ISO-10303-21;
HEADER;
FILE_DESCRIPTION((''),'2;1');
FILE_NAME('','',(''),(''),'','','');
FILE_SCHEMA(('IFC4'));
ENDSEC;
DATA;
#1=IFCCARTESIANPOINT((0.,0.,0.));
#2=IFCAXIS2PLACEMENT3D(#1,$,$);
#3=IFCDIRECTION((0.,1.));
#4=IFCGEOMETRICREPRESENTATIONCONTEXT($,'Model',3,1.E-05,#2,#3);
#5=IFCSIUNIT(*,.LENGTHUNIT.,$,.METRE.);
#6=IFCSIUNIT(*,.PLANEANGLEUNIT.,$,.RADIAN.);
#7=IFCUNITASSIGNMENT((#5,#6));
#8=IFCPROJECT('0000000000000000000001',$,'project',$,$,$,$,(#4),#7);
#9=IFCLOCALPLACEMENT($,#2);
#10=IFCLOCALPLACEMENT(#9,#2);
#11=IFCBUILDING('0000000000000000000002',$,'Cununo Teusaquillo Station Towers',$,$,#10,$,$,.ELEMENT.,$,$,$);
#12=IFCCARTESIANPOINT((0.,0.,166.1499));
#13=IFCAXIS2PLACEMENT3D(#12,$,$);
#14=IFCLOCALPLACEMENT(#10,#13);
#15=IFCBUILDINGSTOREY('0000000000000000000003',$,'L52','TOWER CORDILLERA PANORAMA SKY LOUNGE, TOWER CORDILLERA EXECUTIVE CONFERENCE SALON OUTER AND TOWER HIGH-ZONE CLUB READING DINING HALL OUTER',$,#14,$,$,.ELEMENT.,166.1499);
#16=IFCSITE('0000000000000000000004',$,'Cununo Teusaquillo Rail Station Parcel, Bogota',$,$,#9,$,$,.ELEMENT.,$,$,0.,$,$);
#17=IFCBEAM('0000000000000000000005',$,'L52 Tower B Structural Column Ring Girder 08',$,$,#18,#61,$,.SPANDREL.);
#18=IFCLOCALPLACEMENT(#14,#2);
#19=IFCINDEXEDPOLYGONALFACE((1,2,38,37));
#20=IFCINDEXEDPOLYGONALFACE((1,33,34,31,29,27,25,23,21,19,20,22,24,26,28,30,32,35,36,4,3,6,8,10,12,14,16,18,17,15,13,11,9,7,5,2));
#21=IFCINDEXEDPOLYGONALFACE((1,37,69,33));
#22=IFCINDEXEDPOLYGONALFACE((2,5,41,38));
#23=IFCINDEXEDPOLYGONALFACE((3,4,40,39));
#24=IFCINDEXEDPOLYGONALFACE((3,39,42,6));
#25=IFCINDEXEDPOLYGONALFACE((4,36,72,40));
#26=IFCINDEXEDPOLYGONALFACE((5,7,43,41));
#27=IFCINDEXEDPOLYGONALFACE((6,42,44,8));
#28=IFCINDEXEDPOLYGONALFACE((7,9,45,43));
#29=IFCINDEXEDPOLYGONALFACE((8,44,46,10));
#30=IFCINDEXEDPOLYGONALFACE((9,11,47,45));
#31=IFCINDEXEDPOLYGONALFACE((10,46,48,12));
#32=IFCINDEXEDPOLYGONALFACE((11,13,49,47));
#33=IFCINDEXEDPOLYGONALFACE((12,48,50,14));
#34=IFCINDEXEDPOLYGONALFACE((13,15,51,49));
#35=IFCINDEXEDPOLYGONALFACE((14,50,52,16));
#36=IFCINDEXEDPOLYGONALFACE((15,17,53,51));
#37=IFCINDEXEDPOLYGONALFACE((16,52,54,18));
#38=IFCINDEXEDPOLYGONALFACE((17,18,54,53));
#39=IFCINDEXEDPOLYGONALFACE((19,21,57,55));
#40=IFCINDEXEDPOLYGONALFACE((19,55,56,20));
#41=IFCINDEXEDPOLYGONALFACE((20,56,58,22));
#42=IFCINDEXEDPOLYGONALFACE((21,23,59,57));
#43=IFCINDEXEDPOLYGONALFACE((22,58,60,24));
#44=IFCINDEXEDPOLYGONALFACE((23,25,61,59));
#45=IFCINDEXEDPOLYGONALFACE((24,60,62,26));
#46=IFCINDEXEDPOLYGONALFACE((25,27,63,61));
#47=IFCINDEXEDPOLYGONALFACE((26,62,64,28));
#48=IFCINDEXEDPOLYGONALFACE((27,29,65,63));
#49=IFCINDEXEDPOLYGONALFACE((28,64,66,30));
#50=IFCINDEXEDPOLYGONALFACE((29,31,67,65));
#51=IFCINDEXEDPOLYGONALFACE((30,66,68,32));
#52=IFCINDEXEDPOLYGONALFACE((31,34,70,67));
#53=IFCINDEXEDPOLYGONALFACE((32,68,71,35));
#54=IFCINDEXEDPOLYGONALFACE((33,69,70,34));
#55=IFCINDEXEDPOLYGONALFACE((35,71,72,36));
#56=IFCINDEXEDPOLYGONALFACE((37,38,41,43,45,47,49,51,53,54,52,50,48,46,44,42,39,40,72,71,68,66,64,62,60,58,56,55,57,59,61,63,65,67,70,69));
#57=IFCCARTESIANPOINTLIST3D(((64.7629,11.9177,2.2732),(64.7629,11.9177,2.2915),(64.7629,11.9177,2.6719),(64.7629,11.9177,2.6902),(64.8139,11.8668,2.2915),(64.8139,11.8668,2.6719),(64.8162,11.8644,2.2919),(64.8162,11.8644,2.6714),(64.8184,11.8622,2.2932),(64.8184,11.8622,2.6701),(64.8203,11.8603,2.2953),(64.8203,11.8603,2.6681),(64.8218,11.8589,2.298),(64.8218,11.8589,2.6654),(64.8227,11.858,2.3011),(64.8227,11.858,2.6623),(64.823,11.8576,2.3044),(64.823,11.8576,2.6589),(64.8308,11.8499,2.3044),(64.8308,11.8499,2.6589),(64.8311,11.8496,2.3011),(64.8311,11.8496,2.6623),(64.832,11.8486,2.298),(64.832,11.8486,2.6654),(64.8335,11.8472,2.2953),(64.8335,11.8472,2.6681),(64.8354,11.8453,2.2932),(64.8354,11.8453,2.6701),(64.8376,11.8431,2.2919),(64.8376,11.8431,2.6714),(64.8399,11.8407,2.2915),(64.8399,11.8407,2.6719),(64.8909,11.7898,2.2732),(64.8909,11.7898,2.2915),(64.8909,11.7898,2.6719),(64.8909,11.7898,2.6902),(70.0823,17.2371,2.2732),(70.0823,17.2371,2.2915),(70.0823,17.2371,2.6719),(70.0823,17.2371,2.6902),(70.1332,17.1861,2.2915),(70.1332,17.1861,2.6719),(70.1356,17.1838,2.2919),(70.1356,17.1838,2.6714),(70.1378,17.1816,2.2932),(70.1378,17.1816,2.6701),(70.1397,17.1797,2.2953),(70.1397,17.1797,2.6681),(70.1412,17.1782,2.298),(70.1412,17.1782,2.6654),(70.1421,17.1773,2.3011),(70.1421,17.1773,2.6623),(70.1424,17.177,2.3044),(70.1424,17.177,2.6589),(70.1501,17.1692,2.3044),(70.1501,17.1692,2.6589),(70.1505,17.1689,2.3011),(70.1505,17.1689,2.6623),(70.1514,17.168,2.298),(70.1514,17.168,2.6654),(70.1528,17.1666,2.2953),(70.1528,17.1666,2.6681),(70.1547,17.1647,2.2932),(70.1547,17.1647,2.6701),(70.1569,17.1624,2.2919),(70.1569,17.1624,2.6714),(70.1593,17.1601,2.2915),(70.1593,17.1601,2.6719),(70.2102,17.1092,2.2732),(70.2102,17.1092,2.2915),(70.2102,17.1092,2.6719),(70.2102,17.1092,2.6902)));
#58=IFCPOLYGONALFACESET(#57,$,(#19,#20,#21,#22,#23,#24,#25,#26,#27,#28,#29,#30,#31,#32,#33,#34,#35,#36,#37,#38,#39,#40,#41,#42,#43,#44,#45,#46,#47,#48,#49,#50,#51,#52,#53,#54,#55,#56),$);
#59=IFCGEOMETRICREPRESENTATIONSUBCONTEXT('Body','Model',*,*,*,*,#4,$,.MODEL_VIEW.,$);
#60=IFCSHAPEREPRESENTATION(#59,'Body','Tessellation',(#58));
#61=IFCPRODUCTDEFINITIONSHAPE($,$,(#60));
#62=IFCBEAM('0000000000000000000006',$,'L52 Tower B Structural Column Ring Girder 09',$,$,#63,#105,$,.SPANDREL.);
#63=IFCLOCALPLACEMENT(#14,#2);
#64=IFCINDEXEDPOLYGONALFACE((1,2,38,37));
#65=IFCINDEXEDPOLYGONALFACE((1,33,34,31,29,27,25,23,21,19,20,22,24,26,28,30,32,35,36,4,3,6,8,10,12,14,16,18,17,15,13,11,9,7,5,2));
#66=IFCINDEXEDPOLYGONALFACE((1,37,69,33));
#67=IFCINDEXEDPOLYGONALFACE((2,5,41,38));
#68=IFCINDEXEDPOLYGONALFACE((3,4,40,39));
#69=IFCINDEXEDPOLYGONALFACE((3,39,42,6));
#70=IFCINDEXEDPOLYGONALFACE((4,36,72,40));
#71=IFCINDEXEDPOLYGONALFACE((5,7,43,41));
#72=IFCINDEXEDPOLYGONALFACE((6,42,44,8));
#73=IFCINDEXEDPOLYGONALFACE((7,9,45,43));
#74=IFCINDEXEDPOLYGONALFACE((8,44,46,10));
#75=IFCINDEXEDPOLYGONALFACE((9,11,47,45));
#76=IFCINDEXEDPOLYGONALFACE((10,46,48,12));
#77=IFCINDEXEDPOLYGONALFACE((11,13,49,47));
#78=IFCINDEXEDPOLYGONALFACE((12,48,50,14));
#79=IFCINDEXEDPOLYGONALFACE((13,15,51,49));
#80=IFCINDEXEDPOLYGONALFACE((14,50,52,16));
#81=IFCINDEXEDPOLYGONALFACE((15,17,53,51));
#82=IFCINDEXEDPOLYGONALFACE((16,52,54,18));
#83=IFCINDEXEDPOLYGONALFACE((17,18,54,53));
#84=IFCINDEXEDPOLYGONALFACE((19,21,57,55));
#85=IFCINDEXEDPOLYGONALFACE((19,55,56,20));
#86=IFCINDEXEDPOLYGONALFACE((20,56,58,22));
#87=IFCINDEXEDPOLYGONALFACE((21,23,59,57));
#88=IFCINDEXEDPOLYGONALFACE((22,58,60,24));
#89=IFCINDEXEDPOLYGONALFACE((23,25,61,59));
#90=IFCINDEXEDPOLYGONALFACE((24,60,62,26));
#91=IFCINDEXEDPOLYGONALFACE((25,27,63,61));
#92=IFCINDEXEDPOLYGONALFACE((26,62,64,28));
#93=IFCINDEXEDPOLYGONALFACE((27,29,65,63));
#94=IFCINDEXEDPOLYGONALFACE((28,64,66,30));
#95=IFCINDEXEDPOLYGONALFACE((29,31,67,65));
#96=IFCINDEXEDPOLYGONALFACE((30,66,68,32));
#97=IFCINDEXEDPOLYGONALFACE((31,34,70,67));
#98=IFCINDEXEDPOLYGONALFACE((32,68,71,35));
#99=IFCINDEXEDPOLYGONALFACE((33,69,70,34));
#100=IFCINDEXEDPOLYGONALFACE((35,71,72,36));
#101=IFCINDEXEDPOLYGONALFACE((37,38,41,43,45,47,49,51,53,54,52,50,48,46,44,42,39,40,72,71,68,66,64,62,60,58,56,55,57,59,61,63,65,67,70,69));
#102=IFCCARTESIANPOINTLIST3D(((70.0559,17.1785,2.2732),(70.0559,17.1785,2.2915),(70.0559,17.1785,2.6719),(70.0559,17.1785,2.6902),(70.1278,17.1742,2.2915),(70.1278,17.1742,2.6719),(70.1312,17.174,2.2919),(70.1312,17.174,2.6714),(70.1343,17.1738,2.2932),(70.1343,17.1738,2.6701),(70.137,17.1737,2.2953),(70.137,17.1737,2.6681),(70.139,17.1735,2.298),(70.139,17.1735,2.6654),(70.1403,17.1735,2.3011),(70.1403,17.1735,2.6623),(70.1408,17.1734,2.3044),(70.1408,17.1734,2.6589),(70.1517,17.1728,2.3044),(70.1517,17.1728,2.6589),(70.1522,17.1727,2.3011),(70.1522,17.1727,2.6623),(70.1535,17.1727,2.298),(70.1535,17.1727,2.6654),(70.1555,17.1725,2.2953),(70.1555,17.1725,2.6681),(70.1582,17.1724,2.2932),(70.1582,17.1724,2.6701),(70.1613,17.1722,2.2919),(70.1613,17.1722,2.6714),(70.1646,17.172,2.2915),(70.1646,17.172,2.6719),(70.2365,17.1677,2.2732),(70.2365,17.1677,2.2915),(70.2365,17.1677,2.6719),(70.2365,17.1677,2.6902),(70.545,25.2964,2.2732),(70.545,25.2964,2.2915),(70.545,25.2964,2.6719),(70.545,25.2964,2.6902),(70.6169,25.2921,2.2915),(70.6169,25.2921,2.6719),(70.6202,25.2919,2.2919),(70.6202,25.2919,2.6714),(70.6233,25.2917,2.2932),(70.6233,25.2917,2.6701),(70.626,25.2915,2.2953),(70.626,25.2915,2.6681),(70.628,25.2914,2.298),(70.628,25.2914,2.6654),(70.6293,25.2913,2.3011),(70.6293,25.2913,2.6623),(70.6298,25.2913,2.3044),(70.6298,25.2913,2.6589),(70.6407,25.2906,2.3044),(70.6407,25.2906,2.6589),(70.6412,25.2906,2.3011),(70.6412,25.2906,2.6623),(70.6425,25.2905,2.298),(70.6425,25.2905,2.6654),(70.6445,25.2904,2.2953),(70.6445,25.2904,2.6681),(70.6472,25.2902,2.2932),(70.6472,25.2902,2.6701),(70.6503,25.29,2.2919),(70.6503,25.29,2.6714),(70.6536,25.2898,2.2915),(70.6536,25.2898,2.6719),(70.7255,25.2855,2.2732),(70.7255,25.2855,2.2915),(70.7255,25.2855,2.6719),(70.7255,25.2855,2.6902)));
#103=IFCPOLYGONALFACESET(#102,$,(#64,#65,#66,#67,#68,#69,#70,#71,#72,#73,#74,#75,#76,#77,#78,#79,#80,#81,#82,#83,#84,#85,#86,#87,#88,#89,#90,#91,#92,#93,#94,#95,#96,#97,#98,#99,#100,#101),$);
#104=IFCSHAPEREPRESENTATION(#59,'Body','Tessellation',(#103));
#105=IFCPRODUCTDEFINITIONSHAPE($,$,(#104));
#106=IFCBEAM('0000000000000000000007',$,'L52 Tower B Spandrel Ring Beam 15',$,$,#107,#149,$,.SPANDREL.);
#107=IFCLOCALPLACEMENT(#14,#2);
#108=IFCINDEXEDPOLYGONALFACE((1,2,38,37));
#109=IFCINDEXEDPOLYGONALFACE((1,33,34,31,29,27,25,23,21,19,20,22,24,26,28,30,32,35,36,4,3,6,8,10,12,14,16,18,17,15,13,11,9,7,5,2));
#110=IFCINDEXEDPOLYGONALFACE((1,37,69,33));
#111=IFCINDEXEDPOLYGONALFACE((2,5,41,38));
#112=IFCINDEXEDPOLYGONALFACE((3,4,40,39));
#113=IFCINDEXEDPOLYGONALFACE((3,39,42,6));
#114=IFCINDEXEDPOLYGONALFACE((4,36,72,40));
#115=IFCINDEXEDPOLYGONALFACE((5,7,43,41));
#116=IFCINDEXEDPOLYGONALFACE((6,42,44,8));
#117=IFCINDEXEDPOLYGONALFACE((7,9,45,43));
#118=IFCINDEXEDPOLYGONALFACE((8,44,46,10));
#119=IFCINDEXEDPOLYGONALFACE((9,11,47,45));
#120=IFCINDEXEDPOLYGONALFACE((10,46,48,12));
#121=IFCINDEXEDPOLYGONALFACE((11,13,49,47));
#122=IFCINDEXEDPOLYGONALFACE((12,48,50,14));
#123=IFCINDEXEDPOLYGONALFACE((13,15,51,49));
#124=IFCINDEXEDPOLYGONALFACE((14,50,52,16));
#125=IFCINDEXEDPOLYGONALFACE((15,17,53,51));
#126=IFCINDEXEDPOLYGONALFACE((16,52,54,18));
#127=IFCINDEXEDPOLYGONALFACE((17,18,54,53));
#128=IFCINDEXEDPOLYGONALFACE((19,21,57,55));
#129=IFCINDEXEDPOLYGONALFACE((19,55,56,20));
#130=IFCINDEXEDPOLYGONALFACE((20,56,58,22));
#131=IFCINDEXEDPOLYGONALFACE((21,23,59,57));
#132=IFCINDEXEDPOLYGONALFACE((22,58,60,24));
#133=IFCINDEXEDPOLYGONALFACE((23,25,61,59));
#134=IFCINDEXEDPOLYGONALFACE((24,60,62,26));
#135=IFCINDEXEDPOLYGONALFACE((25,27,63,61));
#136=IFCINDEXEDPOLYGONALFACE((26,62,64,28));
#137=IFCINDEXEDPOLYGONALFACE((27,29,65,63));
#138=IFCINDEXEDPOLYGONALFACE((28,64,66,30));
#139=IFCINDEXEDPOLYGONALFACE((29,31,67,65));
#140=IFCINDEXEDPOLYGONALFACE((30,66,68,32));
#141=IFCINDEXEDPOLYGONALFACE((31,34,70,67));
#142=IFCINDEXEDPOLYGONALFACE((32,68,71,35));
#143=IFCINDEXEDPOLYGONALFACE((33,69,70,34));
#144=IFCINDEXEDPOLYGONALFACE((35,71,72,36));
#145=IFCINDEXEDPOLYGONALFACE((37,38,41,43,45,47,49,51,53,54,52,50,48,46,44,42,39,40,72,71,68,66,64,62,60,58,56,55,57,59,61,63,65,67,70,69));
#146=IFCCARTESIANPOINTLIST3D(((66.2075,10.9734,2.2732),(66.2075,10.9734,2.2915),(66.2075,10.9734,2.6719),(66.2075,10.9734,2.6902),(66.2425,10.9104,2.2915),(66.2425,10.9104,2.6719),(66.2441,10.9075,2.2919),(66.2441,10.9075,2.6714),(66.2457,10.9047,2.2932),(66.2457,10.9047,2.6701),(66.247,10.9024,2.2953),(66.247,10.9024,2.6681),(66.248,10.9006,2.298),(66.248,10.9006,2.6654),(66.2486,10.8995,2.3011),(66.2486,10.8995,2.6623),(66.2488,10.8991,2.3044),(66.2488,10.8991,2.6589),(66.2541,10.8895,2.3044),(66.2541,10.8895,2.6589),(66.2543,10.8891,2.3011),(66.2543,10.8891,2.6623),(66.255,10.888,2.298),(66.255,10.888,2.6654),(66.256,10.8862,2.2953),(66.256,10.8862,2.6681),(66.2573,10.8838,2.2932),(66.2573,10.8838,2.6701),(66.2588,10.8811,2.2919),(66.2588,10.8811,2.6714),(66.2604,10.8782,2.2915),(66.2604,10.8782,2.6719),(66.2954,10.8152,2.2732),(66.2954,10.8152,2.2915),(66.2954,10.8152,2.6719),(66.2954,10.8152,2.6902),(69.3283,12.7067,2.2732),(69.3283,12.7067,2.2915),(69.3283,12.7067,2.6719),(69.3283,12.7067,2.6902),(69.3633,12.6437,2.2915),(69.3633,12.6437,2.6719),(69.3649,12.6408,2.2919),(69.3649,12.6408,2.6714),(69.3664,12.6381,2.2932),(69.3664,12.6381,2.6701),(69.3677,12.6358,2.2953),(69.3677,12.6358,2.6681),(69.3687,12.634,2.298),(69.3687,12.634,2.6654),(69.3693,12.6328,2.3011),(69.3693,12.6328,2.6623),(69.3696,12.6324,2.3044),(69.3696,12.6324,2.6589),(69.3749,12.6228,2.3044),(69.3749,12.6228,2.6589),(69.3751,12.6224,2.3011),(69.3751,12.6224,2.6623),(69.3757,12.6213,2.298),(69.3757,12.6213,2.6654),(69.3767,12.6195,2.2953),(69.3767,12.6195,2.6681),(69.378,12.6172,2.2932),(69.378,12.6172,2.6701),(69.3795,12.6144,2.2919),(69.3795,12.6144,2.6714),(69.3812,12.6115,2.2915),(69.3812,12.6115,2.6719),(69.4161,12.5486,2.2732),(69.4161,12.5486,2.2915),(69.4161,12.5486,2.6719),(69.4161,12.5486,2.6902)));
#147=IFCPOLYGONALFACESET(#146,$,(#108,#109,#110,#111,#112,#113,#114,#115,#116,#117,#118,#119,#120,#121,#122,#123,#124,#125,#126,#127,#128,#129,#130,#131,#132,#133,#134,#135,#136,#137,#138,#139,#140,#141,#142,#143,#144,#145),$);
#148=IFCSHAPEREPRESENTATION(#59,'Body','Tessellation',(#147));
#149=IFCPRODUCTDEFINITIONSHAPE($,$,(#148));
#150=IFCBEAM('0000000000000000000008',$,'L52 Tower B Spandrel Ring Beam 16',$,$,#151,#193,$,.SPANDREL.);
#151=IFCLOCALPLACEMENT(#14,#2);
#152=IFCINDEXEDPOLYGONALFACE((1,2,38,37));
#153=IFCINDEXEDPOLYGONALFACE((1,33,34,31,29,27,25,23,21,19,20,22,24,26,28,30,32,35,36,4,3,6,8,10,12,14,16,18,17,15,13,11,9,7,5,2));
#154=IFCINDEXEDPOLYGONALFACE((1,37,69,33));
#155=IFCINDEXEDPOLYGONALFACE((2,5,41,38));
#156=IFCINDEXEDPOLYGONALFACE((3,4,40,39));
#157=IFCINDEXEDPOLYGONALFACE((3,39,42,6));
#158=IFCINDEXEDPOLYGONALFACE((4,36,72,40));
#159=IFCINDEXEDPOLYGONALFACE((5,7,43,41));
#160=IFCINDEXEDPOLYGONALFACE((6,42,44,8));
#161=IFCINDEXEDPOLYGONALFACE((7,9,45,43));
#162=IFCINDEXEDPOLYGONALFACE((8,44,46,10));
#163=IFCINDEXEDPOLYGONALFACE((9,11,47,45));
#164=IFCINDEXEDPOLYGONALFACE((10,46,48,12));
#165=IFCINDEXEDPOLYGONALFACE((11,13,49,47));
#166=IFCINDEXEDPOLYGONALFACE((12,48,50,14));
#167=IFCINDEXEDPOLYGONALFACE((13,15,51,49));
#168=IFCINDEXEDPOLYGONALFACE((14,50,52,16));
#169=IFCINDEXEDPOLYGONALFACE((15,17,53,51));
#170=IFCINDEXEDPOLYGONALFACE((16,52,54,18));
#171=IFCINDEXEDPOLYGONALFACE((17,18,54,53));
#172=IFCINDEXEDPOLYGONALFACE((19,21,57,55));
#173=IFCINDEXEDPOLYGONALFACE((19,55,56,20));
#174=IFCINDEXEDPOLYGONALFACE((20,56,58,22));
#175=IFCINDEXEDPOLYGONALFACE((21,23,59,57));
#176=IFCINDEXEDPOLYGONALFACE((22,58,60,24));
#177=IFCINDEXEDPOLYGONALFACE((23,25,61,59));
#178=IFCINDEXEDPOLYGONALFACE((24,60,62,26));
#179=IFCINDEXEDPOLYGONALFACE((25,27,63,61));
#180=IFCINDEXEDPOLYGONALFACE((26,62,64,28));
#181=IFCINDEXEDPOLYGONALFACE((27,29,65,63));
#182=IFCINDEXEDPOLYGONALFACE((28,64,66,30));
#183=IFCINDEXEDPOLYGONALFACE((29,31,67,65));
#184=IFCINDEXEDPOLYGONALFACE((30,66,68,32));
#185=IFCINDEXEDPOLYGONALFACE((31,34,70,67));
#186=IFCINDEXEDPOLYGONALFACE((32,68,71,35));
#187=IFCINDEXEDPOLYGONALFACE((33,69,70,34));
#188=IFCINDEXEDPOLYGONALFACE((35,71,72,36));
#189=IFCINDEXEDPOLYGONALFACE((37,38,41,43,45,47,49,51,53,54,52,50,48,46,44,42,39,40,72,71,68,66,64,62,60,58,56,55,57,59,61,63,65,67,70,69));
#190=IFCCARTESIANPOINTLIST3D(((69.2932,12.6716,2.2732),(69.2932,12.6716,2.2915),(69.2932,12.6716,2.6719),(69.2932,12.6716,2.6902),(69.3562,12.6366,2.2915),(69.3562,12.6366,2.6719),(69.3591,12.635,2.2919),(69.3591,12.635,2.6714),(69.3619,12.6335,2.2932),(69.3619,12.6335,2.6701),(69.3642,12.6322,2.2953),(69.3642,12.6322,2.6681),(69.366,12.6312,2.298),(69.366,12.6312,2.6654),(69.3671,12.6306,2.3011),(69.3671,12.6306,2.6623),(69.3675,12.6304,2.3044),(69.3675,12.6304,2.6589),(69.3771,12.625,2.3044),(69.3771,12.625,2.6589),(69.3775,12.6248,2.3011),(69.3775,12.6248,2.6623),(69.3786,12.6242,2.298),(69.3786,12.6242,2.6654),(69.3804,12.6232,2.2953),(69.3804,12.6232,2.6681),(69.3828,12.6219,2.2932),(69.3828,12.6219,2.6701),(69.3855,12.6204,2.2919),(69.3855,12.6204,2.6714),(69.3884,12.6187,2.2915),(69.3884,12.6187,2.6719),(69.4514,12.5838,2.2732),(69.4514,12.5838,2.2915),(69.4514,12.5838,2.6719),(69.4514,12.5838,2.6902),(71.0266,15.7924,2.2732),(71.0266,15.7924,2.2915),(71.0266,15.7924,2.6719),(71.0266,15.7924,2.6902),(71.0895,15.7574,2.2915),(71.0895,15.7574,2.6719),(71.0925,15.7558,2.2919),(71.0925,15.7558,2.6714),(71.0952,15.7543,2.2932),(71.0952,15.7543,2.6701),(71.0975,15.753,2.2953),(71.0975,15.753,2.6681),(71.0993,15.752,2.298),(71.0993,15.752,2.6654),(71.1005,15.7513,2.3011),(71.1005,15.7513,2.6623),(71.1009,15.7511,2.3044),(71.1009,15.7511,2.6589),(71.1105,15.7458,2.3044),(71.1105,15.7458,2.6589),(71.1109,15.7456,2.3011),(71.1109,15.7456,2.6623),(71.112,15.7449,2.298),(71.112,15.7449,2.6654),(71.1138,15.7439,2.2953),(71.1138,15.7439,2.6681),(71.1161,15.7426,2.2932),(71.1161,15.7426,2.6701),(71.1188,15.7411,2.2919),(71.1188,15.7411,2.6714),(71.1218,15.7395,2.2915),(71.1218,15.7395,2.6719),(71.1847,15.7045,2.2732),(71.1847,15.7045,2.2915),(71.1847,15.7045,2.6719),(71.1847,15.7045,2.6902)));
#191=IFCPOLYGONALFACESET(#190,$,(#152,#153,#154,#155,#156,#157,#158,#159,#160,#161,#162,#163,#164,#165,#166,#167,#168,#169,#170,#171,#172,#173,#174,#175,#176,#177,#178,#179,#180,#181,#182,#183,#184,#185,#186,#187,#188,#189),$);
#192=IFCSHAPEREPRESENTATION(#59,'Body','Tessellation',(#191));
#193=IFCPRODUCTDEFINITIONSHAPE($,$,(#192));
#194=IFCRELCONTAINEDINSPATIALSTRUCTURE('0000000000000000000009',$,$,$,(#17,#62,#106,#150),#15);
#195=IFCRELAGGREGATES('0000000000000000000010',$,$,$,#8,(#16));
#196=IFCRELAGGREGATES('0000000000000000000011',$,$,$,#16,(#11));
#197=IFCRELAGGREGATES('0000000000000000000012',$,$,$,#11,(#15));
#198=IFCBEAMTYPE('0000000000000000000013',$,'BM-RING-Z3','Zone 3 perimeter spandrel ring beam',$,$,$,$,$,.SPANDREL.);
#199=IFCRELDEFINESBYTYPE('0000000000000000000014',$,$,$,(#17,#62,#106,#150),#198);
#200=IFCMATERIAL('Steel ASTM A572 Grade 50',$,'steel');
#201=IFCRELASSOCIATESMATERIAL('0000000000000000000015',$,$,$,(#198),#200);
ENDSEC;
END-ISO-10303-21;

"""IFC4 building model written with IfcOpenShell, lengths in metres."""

from ifc_helpers import new_model, si_unit, direction, frame, origin, origin_2d, place, context, subcontext, project, spatial, i_section, extrude, material, material_profile, profile_set, type_object, element, save


model = new_model("IFC4")

# Units and contexts
model_context = context("Model", 3, precision=1e-05, world=origin(), true_north=direction((0.0, 1.0)))
body_context = subcontext(model_context, "Body", "Model", "MODEL_VIEW")
ifc_project = project(units=[si_unit("LENGTHUNIT", "METRE"), si_unit("PLANEANGLEUNIT", "RADIAN")], contexts=[model_context])

# Site, building, storey
site_placement = place(None, origin())
site = spatial("IfcSite", under=ifc_project, at=site_placement, Name="Cununo Teusaquillo Rail Station Parcel, Bogota", CompositionType="ELEMENT", RefElevation=0.0)
building_placement = place(site_placement, origin())
building = spatial("IfcBuilding", under=site, at=building_placement, Name="Cununo Teusaquillo Station Towers", CompositionType="ELEMENT")
storey_placement = place(building_placement, frame((0.0, 0.0, 166.1499)))
storey = spatial("IfcBuildingStorey", under=building, at=storey_placement, Name="L52", Description="TOWER CORDILLERA PANORAMA SKY LOUNGE, TOWER CORDILLERA EXECUTIVE CONFERENCE SALON OUTER AND TOWER HIGH-ZONE CLUB READING DINING HALL OUTER", CompositionType="ELEMENT", Elevation=166.1499)

# Beams
ifc_material_1 = material(Name="Steel ASTM A572 Grade 50", Category="steel")
ifc_material_profile_1 = material_profile(ifc_material_1, i_section(OverallWidth=0.1809, OverallDepth=0.417, WebThickness=0.011, FlangeThickness=0.0183, FilletRadius=0.0129, at=origin_2d()), Name="W16X57")
ifc_profile_set_1 = profile_set([ifc_material_profile_1], Name="Steel ASTM A572 Grade 50")
beam_type_1 = type_object("IfcBeamType", Name="BM-RING-Z3", Description="Zone 3 perimeter spandrel ring beam", PredefinedType="SPANDREL", material=ifc_profile_set_1)
beam_1_placement = place(storey_placement, frame((64.8269, 11.8538, 2.4817), z_axis=(0.707107, 0.707107, 0.0), x_axis=(-0.707107, 0.707107, 0.0)))
element("IfcBeam", 1, at=beam_1_placement, inside=storey, type_object=beam_type_1, Name="L52 Tower B Structural Column Ring Girder 08", PredefinedType="SPANDREL", context=body_context, shape_type="SweptSolid", body=[
    extrude(i_section(OverallWidth=0.1809, OverallDepth=0.417, WebThickness=0.011, FlangeThickness=0.0183, FilletRadius=0.0129, at=origin_2d()), origin(), (0.0, 0.0, 1.0), 7.5227),
])
beam_2_placement = place(storey_placement, frame((70.1462, 17.1731, 2.4817), z_axis=(0.06013, 0.998191, 0.0), x_axis=(-0.998191, 0.06013, 0.0)))
element("IfcBeam", 2, at=beam_2_placement, inside=storey, type_object=beam_type_1, Name="L52 Tower B Structural Column Ring Girder 09", PredefinedType="SPANDREL", context=body_context, shape_type="SweptSolid", body=[
    extrude(i_section(OverallWidth=0.1809, OverallDepth=0.417, WebThickness=0.011, FlangeThickness=0.0183, FilletRadius=0.0129, at=origin_2d()), origin(), (0.0, 0.0, 1.0), 8.1326),
])
for number, where, z_axis, x_axis, name in (
    (3, (66.2515, 10.8943, 2.4817), (0.874206, 0.485556, 0.0), (-0.485556, 0.874206, 0.0), "L52 Tower B Spandrel Ring Beam 15"),
    (4, (69.3723, 12.6277, 2.4817), (0.485556, 0.874206, 0.0), (-0.874206, 0.485556, 0.0), "L52 Tower B Spandrel Ring Beam 16"),
):
    element("IfcBeam", number, at=place(storey_placement, frame(where, z_axis=z_axis, x_axis=x_axis)), inside=storey, type_object=beam_type_1, Name=name, PredefinedType="SPANDREL", context=body_context, shape_type="SweptSolid", body=[
        extrude(i_section(OverallWidth=0.1809, OverallDepth=0.417, WebThickness=0.011, FlangeThickness=0.0183, FilletRadius=0.0129, at=origin_2d()), origin(), (0.0, 0.0, 1.0), 3.5698),
    ])

save(model, "model.ifc")
